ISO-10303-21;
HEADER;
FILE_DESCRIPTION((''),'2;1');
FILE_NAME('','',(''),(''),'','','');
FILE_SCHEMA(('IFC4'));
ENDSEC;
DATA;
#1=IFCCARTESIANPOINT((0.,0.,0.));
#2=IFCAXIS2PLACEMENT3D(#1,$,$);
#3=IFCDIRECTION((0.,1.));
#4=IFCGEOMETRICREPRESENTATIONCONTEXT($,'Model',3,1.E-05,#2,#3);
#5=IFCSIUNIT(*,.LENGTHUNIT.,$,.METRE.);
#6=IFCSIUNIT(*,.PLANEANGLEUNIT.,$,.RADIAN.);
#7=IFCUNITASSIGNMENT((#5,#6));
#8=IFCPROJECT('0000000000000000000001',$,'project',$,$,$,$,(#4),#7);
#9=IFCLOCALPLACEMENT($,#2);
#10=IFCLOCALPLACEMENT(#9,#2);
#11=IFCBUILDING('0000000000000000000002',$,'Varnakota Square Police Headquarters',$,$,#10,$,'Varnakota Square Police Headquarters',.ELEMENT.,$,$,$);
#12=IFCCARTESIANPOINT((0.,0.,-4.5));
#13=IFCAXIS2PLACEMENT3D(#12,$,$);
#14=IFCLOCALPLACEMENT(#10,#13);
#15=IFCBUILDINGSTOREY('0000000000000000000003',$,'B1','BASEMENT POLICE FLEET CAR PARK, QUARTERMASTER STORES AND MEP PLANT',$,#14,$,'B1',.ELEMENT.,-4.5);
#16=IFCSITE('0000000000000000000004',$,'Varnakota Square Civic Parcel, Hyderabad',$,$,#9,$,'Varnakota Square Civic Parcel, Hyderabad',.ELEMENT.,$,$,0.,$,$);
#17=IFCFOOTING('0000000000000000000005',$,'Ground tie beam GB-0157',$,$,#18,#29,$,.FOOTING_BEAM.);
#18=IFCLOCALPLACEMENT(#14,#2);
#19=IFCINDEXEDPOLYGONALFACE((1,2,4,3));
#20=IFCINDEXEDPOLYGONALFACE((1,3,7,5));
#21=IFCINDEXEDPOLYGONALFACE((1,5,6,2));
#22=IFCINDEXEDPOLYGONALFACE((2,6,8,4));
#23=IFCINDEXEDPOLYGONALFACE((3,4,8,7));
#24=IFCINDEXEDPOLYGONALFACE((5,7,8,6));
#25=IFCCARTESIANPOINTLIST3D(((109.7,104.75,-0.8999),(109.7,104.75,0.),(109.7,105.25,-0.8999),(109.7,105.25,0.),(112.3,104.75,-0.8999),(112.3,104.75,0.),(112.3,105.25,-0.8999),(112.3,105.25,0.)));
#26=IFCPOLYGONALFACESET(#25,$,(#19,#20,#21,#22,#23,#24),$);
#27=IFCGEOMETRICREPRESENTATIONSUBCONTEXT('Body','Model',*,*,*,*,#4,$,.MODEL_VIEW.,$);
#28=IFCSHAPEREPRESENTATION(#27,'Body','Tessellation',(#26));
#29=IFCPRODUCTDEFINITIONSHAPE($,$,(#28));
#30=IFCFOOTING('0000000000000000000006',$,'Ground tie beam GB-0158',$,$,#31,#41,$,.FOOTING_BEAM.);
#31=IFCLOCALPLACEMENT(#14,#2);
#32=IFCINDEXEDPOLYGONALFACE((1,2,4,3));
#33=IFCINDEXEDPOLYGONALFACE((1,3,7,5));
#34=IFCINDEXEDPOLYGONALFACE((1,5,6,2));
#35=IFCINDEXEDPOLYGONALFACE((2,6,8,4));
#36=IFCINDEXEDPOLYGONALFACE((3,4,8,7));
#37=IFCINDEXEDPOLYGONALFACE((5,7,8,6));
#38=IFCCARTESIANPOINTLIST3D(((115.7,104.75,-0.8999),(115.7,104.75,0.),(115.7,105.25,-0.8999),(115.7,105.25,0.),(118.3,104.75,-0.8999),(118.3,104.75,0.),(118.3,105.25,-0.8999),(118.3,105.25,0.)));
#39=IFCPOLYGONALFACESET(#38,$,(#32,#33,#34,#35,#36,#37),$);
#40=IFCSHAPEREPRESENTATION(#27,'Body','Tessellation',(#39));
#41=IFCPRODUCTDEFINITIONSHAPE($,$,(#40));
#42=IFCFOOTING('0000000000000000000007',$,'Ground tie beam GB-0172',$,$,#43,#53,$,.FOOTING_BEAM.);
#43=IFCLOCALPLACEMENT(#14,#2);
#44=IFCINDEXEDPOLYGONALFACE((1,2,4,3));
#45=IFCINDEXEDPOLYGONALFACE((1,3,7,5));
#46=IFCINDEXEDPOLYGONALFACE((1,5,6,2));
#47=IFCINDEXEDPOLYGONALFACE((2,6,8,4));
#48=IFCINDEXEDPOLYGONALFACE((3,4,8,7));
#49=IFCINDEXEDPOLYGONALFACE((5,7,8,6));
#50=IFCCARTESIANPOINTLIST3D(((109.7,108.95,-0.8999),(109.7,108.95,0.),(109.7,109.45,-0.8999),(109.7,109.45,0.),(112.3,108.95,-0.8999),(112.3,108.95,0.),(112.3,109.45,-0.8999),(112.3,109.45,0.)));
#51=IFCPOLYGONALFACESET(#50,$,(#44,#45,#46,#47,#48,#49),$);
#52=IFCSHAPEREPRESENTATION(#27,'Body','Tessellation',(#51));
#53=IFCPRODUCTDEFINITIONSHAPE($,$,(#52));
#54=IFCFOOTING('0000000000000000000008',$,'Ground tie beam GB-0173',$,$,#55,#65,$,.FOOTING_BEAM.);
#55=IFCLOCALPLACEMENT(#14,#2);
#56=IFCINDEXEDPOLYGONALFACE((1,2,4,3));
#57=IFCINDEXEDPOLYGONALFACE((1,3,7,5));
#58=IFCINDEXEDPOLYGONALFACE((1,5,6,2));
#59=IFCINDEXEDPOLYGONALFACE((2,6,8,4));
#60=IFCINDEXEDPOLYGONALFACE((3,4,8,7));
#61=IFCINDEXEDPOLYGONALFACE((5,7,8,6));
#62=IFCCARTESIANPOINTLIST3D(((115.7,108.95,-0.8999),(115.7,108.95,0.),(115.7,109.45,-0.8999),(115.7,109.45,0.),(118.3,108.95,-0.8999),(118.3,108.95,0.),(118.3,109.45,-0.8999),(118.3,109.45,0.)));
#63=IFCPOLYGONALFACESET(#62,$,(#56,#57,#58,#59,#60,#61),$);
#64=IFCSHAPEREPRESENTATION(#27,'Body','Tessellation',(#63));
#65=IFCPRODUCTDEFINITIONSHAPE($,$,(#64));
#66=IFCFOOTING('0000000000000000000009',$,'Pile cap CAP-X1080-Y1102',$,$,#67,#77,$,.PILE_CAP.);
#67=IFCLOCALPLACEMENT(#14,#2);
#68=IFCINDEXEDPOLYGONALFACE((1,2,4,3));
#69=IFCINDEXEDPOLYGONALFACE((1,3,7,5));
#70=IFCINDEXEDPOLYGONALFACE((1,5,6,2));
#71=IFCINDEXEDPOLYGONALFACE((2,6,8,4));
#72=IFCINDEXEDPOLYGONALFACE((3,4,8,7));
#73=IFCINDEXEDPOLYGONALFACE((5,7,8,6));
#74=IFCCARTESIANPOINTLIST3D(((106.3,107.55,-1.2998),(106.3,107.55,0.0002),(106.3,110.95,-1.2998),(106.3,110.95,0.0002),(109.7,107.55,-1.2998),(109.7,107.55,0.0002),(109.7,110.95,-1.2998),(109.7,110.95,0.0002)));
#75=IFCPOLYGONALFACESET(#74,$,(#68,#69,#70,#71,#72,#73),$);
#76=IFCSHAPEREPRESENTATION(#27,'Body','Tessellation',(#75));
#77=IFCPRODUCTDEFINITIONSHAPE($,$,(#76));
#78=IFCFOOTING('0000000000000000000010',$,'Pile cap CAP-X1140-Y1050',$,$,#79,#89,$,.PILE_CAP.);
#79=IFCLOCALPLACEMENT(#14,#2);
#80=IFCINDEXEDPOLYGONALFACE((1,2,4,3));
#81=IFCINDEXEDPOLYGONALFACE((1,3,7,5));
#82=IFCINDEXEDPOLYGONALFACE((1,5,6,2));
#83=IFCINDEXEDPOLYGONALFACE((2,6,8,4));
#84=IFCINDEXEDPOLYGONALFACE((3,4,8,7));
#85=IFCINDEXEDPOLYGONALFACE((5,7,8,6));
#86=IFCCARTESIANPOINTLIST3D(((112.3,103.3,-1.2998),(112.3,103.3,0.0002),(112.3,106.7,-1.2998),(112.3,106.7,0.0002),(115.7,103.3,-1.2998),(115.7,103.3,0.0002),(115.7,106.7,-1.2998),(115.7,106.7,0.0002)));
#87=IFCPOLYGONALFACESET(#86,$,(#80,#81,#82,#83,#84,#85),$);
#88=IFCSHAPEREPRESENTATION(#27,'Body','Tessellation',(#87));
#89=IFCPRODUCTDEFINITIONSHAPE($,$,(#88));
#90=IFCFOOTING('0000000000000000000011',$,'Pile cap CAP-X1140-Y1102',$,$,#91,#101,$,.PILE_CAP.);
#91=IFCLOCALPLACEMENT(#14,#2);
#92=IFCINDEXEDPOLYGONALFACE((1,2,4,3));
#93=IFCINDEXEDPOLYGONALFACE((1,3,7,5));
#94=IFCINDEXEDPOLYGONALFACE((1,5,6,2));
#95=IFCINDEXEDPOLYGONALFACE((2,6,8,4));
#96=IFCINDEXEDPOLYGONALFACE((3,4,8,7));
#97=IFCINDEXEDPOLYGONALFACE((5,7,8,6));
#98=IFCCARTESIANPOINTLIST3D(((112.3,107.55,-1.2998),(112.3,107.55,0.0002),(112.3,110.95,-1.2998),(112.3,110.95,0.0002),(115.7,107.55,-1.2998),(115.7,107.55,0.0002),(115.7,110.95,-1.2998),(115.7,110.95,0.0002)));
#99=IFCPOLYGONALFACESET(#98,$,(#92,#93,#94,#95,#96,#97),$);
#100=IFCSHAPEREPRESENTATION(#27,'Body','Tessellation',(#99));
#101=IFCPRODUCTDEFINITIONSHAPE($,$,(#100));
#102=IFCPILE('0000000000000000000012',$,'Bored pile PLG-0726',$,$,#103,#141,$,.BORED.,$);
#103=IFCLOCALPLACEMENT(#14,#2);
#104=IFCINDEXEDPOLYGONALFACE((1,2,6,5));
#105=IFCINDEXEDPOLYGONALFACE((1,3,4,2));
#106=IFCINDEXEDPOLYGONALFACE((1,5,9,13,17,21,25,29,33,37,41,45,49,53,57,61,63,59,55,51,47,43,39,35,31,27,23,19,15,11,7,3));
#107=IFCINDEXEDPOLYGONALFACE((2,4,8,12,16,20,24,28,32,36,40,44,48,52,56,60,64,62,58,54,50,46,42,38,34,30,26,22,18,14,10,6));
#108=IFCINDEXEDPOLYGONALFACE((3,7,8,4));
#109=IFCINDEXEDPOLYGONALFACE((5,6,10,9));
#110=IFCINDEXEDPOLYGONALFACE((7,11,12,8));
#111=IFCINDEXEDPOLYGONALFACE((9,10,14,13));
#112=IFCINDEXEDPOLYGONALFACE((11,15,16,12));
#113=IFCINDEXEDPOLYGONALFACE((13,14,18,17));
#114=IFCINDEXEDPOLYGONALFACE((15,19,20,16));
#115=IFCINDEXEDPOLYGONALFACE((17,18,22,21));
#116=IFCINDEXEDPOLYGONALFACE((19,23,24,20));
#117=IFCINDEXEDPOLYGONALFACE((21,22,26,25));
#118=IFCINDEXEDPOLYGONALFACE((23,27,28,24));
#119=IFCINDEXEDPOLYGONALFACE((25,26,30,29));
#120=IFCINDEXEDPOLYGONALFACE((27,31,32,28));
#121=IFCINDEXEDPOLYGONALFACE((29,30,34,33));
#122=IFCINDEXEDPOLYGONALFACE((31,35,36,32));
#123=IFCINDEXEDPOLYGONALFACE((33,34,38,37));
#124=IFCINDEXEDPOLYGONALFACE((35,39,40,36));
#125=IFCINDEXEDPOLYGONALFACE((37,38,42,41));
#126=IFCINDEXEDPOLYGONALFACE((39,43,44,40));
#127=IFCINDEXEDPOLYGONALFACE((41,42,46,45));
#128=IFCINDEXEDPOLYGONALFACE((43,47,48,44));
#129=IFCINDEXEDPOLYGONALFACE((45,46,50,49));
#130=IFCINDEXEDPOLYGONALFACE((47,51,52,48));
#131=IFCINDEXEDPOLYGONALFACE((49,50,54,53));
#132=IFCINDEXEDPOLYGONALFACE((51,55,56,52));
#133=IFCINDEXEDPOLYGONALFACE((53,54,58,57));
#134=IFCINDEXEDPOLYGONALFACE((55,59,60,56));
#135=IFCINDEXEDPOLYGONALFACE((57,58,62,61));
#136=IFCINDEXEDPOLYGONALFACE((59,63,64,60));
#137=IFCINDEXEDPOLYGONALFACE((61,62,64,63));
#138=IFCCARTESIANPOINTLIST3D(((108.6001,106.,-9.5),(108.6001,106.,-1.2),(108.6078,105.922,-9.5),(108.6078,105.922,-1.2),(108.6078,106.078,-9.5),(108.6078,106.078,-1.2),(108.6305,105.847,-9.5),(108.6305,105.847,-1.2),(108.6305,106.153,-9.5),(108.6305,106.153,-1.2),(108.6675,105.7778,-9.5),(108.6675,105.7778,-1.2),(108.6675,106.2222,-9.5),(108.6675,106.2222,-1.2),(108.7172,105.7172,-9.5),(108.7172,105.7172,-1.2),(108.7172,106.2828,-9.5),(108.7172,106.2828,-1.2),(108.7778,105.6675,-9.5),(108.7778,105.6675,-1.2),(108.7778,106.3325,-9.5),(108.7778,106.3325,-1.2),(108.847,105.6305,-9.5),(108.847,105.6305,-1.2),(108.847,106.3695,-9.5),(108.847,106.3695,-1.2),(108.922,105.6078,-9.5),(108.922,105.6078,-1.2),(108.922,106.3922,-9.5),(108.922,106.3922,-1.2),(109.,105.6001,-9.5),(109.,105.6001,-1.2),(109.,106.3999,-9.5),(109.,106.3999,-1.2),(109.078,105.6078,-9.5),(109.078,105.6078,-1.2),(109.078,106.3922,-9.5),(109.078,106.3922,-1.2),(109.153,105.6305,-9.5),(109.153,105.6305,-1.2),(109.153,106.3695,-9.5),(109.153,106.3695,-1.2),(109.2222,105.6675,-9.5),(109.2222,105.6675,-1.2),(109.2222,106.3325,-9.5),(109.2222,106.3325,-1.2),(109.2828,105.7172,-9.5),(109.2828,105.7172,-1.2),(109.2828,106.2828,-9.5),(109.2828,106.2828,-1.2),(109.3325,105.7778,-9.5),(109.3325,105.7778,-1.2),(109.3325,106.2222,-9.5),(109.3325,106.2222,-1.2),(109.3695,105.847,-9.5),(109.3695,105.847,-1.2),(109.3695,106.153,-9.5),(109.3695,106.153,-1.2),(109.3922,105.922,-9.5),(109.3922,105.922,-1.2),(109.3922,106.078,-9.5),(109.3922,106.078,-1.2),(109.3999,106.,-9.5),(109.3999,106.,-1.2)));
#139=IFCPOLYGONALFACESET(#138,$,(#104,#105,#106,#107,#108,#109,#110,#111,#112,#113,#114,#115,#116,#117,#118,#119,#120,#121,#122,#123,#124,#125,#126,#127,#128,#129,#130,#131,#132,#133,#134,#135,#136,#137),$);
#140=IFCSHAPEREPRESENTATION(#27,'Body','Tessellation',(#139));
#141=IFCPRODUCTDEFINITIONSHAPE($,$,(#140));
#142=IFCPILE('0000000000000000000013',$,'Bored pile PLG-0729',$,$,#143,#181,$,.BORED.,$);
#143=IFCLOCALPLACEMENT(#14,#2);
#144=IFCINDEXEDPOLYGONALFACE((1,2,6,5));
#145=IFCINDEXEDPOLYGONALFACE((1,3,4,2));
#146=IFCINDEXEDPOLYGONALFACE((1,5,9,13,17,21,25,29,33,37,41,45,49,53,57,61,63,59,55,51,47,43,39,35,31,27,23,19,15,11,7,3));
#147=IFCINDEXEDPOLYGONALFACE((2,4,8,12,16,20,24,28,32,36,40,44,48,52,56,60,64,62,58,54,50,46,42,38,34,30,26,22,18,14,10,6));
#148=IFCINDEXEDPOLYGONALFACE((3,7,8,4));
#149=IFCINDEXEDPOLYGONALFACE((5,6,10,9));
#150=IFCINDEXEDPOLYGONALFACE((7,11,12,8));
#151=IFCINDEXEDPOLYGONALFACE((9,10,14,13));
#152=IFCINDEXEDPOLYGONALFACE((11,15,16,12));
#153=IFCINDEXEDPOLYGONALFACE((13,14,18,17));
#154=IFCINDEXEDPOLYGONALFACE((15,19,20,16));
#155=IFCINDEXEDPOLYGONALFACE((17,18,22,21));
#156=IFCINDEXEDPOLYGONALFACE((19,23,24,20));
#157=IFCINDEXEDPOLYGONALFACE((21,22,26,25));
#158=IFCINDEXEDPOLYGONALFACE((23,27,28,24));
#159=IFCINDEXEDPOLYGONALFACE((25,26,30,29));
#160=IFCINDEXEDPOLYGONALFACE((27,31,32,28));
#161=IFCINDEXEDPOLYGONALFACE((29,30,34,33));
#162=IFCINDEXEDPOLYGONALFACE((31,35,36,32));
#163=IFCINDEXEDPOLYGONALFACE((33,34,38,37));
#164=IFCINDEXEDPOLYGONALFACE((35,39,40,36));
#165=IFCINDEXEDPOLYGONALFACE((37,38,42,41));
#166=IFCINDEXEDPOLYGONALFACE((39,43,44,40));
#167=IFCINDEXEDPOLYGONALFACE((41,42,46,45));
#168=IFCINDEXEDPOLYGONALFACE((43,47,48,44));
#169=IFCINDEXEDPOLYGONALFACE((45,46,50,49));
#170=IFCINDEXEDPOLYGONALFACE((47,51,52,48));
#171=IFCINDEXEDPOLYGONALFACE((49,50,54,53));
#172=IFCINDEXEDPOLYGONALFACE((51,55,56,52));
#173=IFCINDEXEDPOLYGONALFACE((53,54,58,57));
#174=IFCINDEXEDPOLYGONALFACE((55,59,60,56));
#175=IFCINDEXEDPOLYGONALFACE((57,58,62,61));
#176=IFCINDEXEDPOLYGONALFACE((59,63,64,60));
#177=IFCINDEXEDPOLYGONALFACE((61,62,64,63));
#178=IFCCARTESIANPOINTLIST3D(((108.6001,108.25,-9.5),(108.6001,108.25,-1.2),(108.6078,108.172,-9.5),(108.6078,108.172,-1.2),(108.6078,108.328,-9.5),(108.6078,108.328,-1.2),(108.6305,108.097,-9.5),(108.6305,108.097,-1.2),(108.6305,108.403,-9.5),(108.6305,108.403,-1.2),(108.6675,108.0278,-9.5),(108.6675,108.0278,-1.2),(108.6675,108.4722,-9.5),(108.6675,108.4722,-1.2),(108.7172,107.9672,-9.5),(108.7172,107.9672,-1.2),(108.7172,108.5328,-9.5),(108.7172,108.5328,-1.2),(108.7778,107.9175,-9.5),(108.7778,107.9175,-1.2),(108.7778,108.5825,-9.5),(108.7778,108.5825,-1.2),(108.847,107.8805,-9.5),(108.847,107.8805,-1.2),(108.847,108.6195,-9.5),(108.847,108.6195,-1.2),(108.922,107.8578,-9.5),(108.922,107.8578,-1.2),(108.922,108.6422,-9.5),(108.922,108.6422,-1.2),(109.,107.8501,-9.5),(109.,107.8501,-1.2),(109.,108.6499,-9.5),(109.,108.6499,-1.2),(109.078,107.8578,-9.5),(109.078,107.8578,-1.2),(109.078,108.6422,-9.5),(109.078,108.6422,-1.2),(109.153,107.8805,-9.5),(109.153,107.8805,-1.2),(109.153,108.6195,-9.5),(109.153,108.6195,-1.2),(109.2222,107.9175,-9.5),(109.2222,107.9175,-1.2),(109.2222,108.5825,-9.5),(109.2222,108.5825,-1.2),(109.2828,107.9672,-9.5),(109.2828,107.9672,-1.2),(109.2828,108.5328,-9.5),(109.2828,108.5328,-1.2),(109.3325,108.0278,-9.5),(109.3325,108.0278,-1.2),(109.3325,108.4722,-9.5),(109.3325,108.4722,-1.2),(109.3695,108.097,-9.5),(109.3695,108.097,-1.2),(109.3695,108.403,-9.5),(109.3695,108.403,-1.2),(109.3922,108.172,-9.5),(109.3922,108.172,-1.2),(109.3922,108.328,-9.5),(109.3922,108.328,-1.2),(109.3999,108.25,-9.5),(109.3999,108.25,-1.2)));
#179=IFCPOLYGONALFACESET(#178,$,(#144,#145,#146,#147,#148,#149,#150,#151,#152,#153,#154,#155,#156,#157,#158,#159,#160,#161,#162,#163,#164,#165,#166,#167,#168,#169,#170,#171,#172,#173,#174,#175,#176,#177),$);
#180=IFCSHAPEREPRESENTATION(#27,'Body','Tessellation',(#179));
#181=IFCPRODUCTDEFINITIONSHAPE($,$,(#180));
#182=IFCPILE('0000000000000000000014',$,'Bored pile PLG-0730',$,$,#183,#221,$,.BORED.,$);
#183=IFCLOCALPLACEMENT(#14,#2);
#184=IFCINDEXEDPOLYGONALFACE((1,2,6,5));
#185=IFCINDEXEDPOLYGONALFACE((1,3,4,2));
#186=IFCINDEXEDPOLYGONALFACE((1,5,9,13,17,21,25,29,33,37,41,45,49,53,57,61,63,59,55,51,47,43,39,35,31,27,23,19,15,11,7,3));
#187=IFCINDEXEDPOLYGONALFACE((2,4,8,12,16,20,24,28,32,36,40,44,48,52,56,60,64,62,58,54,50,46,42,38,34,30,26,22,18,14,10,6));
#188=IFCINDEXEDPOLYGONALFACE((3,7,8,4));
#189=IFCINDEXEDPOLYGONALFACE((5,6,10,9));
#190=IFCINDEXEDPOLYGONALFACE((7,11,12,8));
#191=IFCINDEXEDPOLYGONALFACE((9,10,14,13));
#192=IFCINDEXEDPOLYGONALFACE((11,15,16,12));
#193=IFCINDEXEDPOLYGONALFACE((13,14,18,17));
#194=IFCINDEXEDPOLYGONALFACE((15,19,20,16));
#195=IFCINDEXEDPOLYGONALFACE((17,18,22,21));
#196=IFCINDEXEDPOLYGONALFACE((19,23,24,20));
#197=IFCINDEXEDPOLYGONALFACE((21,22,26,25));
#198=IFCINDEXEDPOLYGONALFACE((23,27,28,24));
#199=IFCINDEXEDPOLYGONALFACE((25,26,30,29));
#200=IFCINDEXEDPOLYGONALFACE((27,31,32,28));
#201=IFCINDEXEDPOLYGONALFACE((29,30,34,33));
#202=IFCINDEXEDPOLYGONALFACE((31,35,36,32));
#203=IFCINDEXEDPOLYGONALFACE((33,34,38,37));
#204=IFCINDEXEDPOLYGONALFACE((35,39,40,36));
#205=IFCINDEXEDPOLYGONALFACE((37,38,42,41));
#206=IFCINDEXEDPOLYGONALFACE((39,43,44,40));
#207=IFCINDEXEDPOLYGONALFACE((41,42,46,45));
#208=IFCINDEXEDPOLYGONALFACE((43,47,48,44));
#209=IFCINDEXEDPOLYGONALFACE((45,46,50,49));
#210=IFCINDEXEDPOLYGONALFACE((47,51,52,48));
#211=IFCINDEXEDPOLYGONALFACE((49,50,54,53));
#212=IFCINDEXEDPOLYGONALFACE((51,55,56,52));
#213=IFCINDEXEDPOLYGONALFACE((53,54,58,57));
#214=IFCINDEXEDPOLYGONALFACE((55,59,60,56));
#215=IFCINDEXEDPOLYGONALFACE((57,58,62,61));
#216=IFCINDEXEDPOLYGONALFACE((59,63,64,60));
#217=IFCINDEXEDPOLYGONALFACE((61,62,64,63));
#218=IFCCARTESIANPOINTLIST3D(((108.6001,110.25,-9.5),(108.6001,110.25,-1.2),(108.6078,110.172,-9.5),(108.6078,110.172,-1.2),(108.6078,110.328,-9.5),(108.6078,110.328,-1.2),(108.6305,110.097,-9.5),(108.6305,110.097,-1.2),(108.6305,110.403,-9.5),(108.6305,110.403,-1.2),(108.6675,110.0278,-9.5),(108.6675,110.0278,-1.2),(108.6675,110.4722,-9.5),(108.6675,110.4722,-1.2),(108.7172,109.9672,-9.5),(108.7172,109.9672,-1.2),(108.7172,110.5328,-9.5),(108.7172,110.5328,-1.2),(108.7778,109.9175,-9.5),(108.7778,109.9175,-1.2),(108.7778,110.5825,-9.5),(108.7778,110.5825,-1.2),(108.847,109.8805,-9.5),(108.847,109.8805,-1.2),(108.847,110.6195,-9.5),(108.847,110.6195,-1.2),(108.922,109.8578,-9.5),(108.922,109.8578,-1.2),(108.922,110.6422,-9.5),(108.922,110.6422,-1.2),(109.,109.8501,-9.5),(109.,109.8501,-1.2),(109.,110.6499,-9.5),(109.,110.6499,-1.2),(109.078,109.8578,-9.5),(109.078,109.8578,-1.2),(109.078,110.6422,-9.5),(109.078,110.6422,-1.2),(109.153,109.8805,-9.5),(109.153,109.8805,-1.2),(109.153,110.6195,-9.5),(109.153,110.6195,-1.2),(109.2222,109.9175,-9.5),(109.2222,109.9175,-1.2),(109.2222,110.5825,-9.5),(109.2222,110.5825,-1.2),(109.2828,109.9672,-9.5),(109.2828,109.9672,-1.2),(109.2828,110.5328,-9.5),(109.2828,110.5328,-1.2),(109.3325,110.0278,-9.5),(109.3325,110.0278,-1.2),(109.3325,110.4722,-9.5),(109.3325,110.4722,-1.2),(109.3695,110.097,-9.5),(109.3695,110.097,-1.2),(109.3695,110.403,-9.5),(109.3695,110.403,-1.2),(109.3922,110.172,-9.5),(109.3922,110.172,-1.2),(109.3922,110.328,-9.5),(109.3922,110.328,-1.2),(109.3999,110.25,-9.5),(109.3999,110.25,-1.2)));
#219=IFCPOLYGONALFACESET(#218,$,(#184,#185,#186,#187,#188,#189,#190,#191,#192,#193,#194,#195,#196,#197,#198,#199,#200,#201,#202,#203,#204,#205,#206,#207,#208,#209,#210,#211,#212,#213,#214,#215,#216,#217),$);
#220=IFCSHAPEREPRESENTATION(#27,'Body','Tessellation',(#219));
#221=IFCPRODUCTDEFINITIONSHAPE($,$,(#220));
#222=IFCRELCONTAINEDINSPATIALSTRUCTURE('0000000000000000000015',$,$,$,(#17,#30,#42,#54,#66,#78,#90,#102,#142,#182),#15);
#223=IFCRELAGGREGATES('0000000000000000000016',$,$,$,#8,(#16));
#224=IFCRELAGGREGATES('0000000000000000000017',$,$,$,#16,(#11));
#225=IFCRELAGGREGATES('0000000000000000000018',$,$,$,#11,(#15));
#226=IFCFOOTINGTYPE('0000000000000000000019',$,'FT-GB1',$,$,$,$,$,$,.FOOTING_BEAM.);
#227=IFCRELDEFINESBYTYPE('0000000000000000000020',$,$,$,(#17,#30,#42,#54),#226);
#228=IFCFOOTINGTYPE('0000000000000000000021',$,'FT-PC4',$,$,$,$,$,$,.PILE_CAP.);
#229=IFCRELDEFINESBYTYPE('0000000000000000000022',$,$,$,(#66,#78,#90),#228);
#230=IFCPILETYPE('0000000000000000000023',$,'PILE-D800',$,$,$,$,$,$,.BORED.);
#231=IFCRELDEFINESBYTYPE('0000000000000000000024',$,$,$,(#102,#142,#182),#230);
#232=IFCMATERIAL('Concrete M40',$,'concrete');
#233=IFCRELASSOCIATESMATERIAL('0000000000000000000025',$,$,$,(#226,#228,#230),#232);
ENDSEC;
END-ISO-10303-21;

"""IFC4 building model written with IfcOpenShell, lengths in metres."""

from ifc_helpers import new_model, si_unit, direction, frame, origin, origin_2d, place, context, subcontext, project, spatial, rectangle, circle, extrude, material, material_profile, profile_set, type_object, element, save


model = new_model("IFC4")

# Units and contexts
model_context = context("Model", 3, precision=1e-05, world=origin(), true_north=direction((0.0, 1.0)))
body_context = subcontext(model_context, "Body", "Model", "MODEL_VIEW")
ifc_project = project(units=[si_unit("LENGTHUNIT", "METRE"), si_unit("PLANEANGLEUNIT", "RADIAN")], contexts=[model_context])

# Site, building, storey
site_placement = place(None, origin())
site = spatial("IfcSite", under=ifc_project, at=site_placement, Name="Varnakota Square Civic Parcel, Hyderabad", LongName="Varnakota Square Civic Parcel, Hyderabad", CompositionType="ELEMENT", RefElevation=0.0)
building_placement = place(site_placement, origin())
building = spatial("IfcBuilding", under=site, at=building_placement, Name="Varnakota Square Police Headquarters", LongName="Varnakota Square Police Headquarters", CompositionType="ELEMENT")
storey_placement = place(building_placement, frame((0.0, 0.0, -4.5)))
storey = spatial("IfcBuildingStorey", under=building, at=storey_placement, Name="B1", Description="BASEMENT POLICE FLEET CAR PARK, QUARTERMASTER STORES AND MEP PLANT", LongName="B1", CompositionType="ELEMENT", Elevation=-4.5)

# Footings
ifc_material_1 = material(Name="Concrete M40", Category="concrete")
ifc_material_profile_1 = material_profile(ifc_material_1, rectangle(XDim=0.5, YDim=0.8999, at=origin_2d()), Name="GB 500x900")
ifc_profile_set_1 = profile_set([ifc_material_profile_1], Name="Concrete M40")
footing_type_1 = type_object("IfcFootingType", Name="FT-GB1", PredefinedType="FOOTING_BEAM", material=ifc_profile_set_1)
for number, where, z_axis, x_axis, name in (
    (1, (109.7, 105.0, -0.45), (1.0, 0.0, 0.0), (0.0, 1.0, 0.0), "Ground tie beam GB-0157"),
    (2, (115.7, 105.0, -0.45), (1.0, 0.0, 0.0), (0.0, 1.0, 0.0), "Ground tie beam GB-0158"),
    (3, (109.7, 109.2, -0.45), (1.0, 0.0, 0.0), (0.0, 1.0, 0.0), "Ground tie beam GB-0172"),
    (4, (115.7, 109.2, -0.45), (1.0, 0.0, 0.0), (0.0, 1.0, 0.0), "Ground tie beam GB-0173"),
):
    element("IfcFooting", number, at=place(storey_placement, frame(where, z_axis=z_axis, x_axis=x_axis)), inside=storey, type_object=footing_type_1, Name=name, PredefinedType="FOOTING_BEAM", context=body_context, shape_type="SweptSolid", body=[
        extrude(rectangle(XDim=0.5, YDim=0.8999, at=origin_2d()), origin(), (0.0, 0.0, 1.0), 2.6001),
    ])
footing_type_2 = type_object("IfcFootingType", Name="FT-PC4", PredefinedType="PILE_CAP", material=ifc_material_1)
for number, where, z_axis, x_axis, name in (
    (5, (108.0, 109.25, -1.2998), (0.0, 0.0, 1.0), (1.0, 0.0, 0.0), "Pile cap CAP-X1080-Y1102"),
    (6, (114.0, 105.0, -1.2998), (0.0, 0.0, 1.0), (1.0, 0.0, 0.0), "Pile cap CAP-X1140-Y1050"),
    (7, (114.0, 109.25, -1.2998), (0.0, 0.0, 1.0), (1.0, 0.0, 0.0), "Pile cap CAP-X1140-Y1102"),
):
    element("IfcFooting", number, at=place(storey_placement, frame(where, z_axis=z_axis, x_axis=x_axis)), inside=storey, type_object=footing_type_2, Name=name, PredefinedType="PILE_CAP", context=body_context, shape_type="SweptSolid", body=[
        extrude(rectangle(XDim=3.3999, YDim=3.3999, at=origin_2d()), origin(), (0.0, 0.0, 1.0), 1.3),
    ])

# Piles
ifc_material_profile_2 = material_profile(ifc_material_1, circle(Radius=0.3999, at=origin_2d()), Name="BORED PILE 800")
ifc_profile_set_2 = profile_set([ifc_material_profile_2], Name="Concrete M40")
pile_type = type_object("IfcPileType", Name="PILE-D800", PredefinedType="BORED", material=ifc_profile_set_2)
for number, where, z_axis, x_axis, name in (
    (8, (109.0, 106.0, -1.2), (0.0, 0.0, -1.0), (1.0, 0.0, 0.0), "Bored pile PLG-0726"),
    (9, (109.0, 108.25, -1.2), (0.0, 0.0, -1.0), (1.0, 0.0, 0.0), "Bored pile PLG-0729"),
    (10, (109.0, 110.25, -1.2), (0.0, 0.0, -1.0), (1.0, 0.0, 0.0), "Bored pile PLG-0730"),
):
    element("IfcPile", number, at=place(storey_placement, frame(where, z_axis=z_axis, x_axis=x_axis)), inside=storey, type_object=pile_type, Name=name, PredefinedType="BORED", context=body_context, shape_type="SweptSolid", body=[
        extrude(circle(Radius=0.3999, at=origin_2d()), origin(), (0.0, 0.0, 1.0), 8.3),
    ])

save(model, "model.ifc")
